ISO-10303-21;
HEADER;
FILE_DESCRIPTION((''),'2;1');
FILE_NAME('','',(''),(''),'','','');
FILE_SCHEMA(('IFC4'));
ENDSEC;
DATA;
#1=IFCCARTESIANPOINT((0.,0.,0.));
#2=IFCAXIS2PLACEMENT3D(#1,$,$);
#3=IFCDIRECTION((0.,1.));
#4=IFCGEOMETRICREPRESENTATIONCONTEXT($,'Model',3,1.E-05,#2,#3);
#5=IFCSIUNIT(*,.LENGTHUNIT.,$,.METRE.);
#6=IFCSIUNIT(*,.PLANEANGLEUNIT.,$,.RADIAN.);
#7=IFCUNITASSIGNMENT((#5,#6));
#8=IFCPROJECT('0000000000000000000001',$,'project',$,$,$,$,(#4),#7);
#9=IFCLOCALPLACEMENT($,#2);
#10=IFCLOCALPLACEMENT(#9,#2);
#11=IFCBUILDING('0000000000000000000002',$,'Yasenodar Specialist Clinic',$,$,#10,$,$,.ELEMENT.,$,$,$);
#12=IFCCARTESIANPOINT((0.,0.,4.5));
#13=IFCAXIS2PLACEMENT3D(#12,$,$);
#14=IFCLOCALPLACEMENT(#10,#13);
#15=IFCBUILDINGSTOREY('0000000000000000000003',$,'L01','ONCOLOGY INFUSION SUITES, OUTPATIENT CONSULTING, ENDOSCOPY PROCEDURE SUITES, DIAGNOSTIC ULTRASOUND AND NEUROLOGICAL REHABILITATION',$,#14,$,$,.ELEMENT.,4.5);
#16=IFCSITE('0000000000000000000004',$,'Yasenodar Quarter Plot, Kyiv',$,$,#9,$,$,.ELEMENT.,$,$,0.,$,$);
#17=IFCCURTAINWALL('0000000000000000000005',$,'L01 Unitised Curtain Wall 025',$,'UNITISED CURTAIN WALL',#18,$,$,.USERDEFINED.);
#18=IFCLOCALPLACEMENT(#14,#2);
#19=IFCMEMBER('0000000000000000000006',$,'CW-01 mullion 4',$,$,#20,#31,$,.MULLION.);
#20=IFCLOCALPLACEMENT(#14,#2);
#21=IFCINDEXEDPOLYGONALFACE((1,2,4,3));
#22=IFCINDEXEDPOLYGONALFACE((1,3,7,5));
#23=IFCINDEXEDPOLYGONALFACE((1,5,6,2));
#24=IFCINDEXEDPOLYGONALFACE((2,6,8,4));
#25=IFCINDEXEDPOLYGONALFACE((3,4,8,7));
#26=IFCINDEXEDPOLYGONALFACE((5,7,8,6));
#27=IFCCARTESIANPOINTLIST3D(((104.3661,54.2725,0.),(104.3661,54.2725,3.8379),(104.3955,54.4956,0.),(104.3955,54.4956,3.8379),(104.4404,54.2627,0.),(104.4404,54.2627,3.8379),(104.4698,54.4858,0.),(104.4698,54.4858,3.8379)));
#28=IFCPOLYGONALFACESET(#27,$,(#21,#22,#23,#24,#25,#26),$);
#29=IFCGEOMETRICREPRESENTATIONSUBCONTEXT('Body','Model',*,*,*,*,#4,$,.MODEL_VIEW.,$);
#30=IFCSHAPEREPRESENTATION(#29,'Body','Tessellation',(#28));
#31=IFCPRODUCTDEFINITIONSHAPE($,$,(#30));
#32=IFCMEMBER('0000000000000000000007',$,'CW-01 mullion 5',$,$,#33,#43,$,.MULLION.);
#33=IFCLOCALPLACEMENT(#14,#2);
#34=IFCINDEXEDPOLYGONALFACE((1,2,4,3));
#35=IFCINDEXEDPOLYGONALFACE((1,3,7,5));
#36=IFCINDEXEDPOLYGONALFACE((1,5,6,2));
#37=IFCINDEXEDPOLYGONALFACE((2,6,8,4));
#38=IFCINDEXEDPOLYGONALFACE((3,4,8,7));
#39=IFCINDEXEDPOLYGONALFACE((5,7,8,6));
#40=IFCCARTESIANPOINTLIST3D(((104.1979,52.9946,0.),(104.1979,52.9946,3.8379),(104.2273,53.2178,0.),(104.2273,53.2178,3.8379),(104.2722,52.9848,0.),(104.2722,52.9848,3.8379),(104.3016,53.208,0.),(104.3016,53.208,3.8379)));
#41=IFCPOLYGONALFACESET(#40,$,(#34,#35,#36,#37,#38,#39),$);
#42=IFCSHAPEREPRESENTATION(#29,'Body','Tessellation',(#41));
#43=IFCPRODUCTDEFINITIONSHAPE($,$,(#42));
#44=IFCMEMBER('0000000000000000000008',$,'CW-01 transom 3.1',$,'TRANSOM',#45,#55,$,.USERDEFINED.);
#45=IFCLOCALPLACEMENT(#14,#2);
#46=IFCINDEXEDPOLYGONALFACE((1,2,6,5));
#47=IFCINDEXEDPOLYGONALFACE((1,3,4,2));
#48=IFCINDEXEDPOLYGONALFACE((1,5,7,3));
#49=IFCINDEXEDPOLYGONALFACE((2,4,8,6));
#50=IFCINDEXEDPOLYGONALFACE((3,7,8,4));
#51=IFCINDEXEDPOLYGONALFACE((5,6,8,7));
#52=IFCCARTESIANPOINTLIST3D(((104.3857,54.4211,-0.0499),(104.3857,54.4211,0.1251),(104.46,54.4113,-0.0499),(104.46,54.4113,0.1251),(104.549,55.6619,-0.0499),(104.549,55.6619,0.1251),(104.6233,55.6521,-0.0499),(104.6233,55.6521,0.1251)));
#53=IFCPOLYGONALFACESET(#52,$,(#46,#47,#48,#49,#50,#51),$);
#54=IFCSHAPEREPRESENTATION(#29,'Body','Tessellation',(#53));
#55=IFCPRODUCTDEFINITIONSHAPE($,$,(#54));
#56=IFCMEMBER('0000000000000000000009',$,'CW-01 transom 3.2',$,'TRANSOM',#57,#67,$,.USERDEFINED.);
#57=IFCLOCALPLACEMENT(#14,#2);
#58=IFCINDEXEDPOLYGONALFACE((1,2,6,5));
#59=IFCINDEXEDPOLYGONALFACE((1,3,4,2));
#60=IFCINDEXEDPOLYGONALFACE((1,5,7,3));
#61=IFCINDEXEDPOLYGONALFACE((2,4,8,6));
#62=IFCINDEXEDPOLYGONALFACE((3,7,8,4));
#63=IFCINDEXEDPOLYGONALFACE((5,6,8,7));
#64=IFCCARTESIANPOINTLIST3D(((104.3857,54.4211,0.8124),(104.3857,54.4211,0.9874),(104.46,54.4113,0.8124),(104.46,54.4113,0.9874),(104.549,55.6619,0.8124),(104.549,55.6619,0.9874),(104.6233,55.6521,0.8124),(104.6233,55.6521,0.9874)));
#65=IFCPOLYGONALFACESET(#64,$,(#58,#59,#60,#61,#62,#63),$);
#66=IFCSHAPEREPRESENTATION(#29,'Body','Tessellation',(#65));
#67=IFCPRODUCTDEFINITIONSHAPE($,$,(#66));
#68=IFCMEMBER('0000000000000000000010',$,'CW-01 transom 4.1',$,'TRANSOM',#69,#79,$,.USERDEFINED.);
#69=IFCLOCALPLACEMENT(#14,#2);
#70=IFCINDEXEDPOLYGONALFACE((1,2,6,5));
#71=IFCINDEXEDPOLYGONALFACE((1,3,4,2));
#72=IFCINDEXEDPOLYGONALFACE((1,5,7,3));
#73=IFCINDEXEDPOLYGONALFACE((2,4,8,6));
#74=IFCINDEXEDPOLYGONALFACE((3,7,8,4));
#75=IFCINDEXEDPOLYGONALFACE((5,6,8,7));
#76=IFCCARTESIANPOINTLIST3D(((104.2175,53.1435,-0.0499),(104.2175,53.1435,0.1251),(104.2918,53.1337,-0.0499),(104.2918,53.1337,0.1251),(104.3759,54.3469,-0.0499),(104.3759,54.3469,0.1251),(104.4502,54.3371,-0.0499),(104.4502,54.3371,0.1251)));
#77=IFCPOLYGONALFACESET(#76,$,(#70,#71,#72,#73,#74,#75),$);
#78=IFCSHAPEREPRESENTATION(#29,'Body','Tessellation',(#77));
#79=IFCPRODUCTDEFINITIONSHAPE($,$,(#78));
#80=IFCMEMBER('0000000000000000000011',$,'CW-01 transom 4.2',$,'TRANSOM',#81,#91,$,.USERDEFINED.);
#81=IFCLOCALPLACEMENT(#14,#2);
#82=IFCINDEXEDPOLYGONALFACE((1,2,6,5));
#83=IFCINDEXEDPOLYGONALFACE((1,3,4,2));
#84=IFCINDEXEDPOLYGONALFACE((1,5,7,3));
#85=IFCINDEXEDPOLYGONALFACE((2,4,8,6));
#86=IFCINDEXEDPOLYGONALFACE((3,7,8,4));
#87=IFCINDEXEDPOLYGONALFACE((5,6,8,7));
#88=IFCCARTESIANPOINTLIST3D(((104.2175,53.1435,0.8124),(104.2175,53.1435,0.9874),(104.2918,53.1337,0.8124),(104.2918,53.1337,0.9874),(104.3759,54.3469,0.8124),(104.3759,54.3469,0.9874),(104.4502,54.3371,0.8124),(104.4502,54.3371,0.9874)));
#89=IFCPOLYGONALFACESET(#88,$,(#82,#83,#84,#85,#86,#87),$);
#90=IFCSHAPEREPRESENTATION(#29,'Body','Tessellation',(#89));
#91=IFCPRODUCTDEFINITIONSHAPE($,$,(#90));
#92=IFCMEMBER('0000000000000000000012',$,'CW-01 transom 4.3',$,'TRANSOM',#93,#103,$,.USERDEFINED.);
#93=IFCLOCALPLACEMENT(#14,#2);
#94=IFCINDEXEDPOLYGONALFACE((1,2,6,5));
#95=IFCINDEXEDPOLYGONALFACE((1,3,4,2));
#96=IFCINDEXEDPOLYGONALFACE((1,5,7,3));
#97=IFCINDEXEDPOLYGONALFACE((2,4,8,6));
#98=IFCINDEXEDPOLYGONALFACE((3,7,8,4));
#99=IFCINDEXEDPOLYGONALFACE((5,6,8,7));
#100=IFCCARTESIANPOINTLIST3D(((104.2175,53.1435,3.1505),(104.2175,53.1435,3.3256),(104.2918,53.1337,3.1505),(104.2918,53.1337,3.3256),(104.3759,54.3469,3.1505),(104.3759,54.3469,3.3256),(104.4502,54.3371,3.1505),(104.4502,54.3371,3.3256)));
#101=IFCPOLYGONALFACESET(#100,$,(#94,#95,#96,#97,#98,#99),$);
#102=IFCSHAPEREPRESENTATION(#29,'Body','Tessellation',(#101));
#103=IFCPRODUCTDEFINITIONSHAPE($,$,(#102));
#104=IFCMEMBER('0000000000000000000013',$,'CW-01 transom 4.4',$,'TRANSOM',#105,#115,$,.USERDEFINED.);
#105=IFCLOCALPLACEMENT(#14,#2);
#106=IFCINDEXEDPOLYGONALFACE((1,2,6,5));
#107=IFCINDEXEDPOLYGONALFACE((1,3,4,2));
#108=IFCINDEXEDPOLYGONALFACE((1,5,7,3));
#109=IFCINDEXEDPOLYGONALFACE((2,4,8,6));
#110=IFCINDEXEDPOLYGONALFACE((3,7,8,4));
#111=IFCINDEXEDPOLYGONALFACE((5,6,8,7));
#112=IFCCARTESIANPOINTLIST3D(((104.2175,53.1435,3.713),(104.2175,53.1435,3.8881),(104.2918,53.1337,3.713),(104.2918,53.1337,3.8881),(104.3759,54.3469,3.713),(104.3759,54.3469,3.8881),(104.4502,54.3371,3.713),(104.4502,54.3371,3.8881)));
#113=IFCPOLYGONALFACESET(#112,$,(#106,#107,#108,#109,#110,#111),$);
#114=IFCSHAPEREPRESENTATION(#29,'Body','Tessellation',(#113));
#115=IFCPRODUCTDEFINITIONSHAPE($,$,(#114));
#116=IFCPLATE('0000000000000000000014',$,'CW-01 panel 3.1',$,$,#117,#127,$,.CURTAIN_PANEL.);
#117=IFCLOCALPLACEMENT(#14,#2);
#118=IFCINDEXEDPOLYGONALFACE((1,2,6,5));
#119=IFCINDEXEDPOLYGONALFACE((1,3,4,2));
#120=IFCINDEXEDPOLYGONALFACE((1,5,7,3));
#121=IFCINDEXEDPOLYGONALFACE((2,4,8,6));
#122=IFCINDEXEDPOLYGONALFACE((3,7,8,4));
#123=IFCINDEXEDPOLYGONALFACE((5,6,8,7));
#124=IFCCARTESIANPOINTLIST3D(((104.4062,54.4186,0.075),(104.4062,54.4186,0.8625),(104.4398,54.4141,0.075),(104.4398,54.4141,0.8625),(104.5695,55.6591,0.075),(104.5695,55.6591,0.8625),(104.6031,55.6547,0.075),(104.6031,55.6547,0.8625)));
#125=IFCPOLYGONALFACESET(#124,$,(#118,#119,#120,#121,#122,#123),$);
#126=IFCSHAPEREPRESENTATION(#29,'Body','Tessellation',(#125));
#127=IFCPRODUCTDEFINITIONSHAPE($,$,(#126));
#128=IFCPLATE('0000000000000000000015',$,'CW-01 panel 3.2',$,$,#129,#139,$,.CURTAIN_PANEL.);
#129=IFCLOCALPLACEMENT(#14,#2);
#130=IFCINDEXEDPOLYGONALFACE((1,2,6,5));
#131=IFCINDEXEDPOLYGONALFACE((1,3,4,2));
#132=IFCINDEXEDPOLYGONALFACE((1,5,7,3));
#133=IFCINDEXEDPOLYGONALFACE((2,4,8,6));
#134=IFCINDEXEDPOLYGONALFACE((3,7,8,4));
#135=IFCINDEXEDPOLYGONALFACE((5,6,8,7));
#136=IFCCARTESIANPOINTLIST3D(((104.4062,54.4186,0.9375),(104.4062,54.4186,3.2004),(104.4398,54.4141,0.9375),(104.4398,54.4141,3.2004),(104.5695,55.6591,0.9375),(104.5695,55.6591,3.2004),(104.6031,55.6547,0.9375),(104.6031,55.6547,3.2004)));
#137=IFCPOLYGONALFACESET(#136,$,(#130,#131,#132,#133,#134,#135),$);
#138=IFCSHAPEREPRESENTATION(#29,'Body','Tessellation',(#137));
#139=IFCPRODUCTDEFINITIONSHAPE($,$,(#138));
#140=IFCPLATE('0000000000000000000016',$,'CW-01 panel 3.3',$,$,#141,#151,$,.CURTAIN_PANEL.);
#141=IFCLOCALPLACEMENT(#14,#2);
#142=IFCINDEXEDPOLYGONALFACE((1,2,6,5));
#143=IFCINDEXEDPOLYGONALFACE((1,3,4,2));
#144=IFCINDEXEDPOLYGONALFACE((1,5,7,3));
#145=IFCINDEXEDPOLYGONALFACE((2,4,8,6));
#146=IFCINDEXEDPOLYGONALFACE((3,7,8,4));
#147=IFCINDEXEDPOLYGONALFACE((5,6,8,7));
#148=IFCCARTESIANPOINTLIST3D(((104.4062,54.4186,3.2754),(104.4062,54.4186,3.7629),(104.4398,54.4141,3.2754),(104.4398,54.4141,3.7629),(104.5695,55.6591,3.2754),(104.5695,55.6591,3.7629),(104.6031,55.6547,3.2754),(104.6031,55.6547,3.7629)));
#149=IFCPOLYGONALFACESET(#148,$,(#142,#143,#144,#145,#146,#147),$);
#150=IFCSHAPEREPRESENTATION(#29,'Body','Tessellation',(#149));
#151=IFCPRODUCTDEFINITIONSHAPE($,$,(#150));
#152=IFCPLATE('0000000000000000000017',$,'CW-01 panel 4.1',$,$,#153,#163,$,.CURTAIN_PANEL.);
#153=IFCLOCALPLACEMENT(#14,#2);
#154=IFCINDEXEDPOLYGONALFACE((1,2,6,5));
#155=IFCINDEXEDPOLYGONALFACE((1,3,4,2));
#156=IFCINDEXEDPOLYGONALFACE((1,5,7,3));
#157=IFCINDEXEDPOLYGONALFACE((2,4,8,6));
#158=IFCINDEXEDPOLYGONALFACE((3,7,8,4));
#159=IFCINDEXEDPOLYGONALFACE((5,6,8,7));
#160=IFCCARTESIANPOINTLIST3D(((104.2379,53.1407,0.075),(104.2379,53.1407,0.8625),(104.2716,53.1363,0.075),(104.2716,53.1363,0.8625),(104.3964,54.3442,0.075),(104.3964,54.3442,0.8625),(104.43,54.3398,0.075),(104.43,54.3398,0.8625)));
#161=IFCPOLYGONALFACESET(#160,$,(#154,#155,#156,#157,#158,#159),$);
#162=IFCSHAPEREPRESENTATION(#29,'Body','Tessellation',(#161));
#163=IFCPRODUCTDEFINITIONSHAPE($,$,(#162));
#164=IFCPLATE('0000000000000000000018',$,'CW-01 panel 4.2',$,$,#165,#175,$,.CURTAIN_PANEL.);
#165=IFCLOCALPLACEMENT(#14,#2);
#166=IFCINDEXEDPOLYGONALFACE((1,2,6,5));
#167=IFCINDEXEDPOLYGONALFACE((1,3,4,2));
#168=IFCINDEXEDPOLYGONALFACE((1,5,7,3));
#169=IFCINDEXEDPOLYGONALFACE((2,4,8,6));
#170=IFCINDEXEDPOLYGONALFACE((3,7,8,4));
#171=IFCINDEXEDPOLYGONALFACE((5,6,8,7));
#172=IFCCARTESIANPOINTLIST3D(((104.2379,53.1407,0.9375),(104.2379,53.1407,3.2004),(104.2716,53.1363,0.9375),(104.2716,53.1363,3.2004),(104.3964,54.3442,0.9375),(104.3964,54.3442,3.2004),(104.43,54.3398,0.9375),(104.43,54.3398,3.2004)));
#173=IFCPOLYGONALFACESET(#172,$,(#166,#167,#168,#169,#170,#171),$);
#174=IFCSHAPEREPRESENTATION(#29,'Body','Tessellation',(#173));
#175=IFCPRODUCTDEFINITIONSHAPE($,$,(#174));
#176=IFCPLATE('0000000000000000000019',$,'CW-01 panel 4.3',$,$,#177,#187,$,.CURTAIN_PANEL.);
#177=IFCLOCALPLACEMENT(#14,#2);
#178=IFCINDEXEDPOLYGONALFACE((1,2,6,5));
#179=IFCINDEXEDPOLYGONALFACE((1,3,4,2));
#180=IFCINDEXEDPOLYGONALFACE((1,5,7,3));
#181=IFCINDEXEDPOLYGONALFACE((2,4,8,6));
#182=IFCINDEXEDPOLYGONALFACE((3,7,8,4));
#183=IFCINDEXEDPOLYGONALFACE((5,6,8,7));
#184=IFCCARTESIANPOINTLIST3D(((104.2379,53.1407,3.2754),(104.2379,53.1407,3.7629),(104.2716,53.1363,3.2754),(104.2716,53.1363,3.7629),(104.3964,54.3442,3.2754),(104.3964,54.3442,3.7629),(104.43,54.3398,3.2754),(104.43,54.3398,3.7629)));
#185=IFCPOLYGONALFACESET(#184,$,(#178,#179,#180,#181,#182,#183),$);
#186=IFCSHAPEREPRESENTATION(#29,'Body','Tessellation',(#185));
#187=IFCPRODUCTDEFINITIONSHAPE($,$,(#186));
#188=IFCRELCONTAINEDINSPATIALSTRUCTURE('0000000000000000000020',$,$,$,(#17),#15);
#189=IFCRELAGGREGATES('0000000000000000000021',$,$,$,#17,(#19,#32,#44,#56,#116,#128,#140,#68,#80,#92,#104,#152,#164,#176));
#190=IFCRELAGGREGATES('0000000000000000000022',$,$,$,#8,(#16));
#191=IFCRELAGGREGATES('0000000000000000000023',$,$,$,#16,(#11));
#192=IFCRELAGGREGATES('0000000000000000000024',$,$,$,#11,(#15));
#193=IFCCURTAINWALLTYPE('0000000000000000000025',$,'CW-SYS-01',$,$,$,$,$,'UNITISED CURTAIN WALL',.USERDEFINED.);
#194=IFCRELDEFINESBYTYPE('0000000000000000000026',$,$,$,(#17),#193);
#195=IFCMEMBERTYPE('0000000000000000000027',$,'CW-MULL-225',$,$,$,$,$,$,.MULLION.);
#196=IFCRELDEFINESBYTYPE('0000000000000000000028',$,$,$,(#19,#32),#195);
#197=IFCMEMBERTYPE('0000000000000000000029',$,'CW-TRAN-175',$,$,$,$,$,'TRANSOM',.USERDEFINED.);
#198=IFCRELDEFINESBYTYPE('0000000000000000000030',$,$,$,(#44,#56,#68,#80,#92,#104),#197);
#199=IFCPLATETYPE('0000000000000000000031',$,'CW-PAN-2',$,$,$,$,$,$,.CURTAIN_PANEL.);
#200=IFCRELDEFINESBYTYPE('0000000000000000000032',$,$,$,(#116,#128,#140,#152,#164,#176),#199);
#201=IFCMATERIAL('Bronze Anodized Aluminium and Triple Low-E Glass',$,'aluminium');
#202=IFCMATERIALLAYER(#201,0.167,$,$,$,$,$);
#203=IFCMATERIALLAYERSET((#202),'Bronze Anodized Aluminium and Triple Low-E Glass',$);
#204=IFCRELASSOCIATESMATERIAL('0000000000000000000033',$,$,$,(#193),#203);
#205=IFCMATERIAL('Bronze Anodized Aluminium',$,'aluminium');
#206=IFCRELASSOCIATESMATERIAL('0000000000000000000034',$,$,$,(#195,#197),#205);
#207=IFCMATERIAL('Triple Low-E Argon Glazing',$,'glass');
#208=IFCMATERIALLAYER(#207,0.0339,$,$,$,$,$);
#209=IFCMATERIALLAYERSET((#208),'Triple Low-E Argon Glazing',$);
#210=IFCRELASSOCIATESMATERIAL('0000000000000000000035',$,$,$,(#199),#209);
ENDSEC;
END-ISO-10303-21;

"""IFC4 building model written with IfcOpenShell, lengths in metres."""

from ifc_helpers import new_model, si_unit, direction, frame, origin, origin_2d, place, context, subcontext, project, spatial, rectangle, extrude, material, layer, layer_set, material_profile, profile_set, type_object, element, aggregate, save


model = new_model("IFC4")

# Units and contexts
model_context = context("Model", 3, precision=1e-05, world=origin(), true_north=direction((0.0, 1.0)))
body_context = subcontext(model_context, "Body", "Model", "MODEL_VIEW")
ifc_project = project(units=[si_unit("LENGTHUNIT", "METRE"), si_unit("PLANEANGLEUNIT", "RADIAN")], contexts=[model_context])

# Site, building, storey
site_placement = place(None, origin())
site = spatial("IfcSite", under=ifc_project, at=site_placement, Name="Yasenodar Quarter Plot, Kyiv", CompositionType="ELEMENT", RefElevation=0.0)
building_placement = place(site_placement, origin())
building = spatial("IfcBuilding", under=site, at=building_placement, Name="Yasenodar Specialist Clinic", CompositionType="ELEMENT")
storey_placement = place(building_placement, frame((0.0, 0.0, 4.5)))
storey = spatial("IfcBuildingStorey", under=building, at=storey_placement, Name="L01", Description="ONCOLOGY INFUSION SUITES, OUTPATIENT CONSULTING, ENDOSCOPY PROCEDURE SUITES, DIAGNOSTIC ULTRASOUND AND NEUROLOGICAL REHABILITATION", CompositionType="ELEMENT", Elevation=4.5)

# Curtain wall, members, plates
ifc_material_1 = material(Name="Bronze Anodized Aluminium and Triple Low-E Glass", Category="aluminium")
ifc_layer_1 = layer(ifc_material_1, 0.167)
ifc_layer_set_1 = layer_set([ifc_layer_1], Name="Bronze Anodized Aluminium and Triple Low-E Glass")
curtain_wall_type = type_object("IfcCurtainWallType", Name="CW-SYS-01", ElementType="UNITISED CURTAIN WALL", PredefinedType="USERDEFINED", material=ifc_layer_set_1)
curtain_wall_placement = place(storey_placement, origin())
curtain_wall = element("IfcCurtainWall", 1, at=curtain_wall_placement, inside=storey, type_object=curtain_wall_type, Name="L01 Unitised Curtain Wall 025", ObjectType="UNITISED CURTAIN WALL", PredefinedType="USERDEFINED")
ifc_material_2 = material(Name="Bronze Anodized Aluminium", Category="aluminium")
ifc_material_profile_1 = material_profile(ifc_material_2, rectangle(XDim=0.075, YDim=0.2251, at=origin_2d()), Name="CW-MULL 75x225")
ifc_profile_set_1 = profile_set([ifc_material_profile_1], Name="Bronze Anodized Aluminium")
member_type_1 = type_object("IfcMemberType", Name="CW-MULL-225", PredefinedType="MULLION", material=ifc_profile_set_1)
member_1_placement = place(storey_placement, frame((104.418, 54.3792, 0.0), z_axis=(0.0, 0.0, 1.0), x_axis=(0.991447, -0.130512, 0.0)))
member_1 = element("IfcMember", 2, at=member_1_placement, type_object=member_type_1, Name="CW-01 mullion 4", PredefinedType="MULLION", context=body_context, shape_type="SweptSolid", body=[
    extrude(rectangle(XDim=0.075, YDim=0.2251, at=origin_2d()), origin(), (0.0, 0.0, 1.0), 3.8379),
])
member_2_placement = place(storey_placement, frame((104.2498, 53.1013, 0.0), z_axis=(0.0, 0.0, 1.0), x_axis=(0.991447, -0.130512, 0.0)))
member_2 = element("IfcMember", 3, at=member_2_placement, type_object=member_type_1, Name="CW-01 mullion 5", PredefinedType="MULLION", context=body_context, shape_type="SweptSolid", body=[
    extrude(rectangle(XDim=0.075, YDim=0.2251, at=origin_2d()), origin(), (0.0, 0.0, 1.0), 3.8379),
])
ifc_material_profile_2 = material_profile(ifc_material_2, rectangle(XDim=0.075, YDim=0.175, at=origin_2d()), Name="CW-TRAN 75x175")
ifc_profile_set_2 = profile_set([ifc_material_profile_2], Name="Bronze Anodized Aluminium")
member_type_2 = type_object("IfcMemberType", Name="CW-TRAN-175", ElementType="TRANSOM", PredefinedType="USERDEFINED", material=ifc_profile_set_2)
member_3_placement = place(storey_placement, frame((104.5862, 55.657, 0.0376), z_axis=(-0.130515, -0.991446, 0.0), x_axis=(0.991446, -0.130515, 0.0)))
member_3 = element("IfcMember", 4, at=member_3_placement, type_object=member_type_2, Name="CW-01 transom 3.1", ObjectType="TRANSOM", PredefinedType="USERDEFINED", context=body_context, shape_type="SweptSolid", body=[
    extrude(rectangle(XDim=0.075, YDim=0.175, at=origin_2d()), origin(), (0.0, 0.0, 1.0), 1.2515),
])
member_4_placement = place(storey_placement, frame((104.5862, 55.657, 0.8999), z_axis=(-0.130515, -0.991446, 0.0), x_axis=(0.991446, -0.130515, 0.0)))
member_4 = element("IfcMember", 5, at=member_4_placement, type_object=member_type_2, Name="CW-01 transom 3.2", ObjectType="TRANSOM", PredefinedType="USERDEFINED", context=body_context, shape_type="SweptSolid", body=[
    extrude(rectangle(XDim=0.075, YDim=0.175, at=origin_2d()), origin(), (0.0, 0.0, 1.0), 1.2515),
])
member_5_placement = place(storey_placement, frame((104.4131, 54.342, 0.0376), z_axis=(-0.130543, -0.991443, 0.0), x_axis=(0.991443, -0.130543, 0.0)))
member_5 = element("IfcMember", 6, at=member_5_placement, type_object=member_type_2, Name="CW-01 transom 4.1", ObjectType="TRANSOM", PredefinedType="USERDEFINED", context=body_context, shape_type="SweptSolid", body=[
    extrude(rectangle(XDim=0.075, YDim=0.175, at=origin_2d()), origin(), (0.0, 0.0, 1.0), 1.2139),
])
member_6_placement = place(storey_placement, frame((104.4131, 54.342, 0.8999), z_axis=(-0.130543, -0.991443, 0.0), x_axis=(0.991443, -0.130543, 0.0)))
member_6 = element("IfcMember", 7, at=member_6_placement, type_object=member_type_2, Name="CW-01 transom 4.2", ObjectType="TRANSOM", PredefinedType="USERDEFINED", context=body_context, shape_type="SweptSolid", body=[
    extrude(rectangle(XDim=0.075, YDim=0.175, at=origin_2d()), origin(), (0.0, 0.0, 1.0), 1.2139),
])
member_7_placement = place(storey_placement, frame((104.4131, 54.342, 3.238), z_axis=(-0.130543, -0.991443, 0.0), x_axis=(0.991443, -0.130543, 0.0)))
member_7 = element("IfcMember", 8, at=member_7_placement, type_object=member_type_2, Name="CW-01 transom 4.3", ObjectType="TRANSOM", PredefinedType="USERDEFINED", context=body_context, shape_type="SweptSolid", body=[
    extrude(rectangle(XDim=0.075, YDim=0.175, at=origin_2d()), origin(), (0.0, 0.0, 1.0), 1.2139),
])
member_8_placement = place(storey_placement, frame((104.4131, 54.342, 3.8005), z_axis=(-0.130543, -0.991443, 0.0), x_axis=(0.991443, -0.130543, 0.0)))
member_8 = element("IfcMember", 9, at=member_8_placement, type_object=member_type_2, Name="CW-01 transom 4.4", ObjectType="TRANSOM", PredefinedType="USERDEFINED", context=body_context, shape_type="SweptSolid", body=[
    extrude(rectangle(XDim=0.075, YDim=0.175, at=origin_2d()), origin(), (0.0, 0.0, 1.0), 1.2139),
])
ifc_material_3 = material(Name="Triple Low-E Argon Glazing", Category="glass")
ifc_layer_2 = layer(ifc_material_3, 0.0339)
ifc_layer_set_2 = layer_set([ifc_layer_2], Name="Triple Low-E Argon Glazing")
plate_type_1 = type_object("IfcPlateType", Name="CW-PAN-2", PredefinedType="CURTAIN_PANEL", material=ifc_layer_set_2)
plate_1_placement = place(storey_placement, frame((104.5046, 55.0366, 0.075), z_axis=(0.0, 0.0, 1.0), x_axis=(-0.130512, -0.991447, 0.0)))
plate_1 = element("IfcPlate", 10, at=plate_1_placement, type_object=plate_type_1, Name="CW-01 panel 3.1", PredefinedType="CURTAIN_PANEL", context=body_context, shape_type="SweptSolid", body=[
    extrude(rectangle(XDim=1.2512, YDim=0.0339, at=origin_2d()), origin(), (0.0, 0.0, 1.0), 0.7876),
])
plate_2_placement = place(storey_placement, frame((104.5046, 55.0366, 0.9375), z_axis=(0.0, 0.0, 1.0), x_axis=(-0.130512, -0.991447, 0.0)))
plate_2 = element("IfcPlate", 11, at=plate_2_placement, type_object=plate_type_1, Name="CW-01 panel 3.2", PredefinedType="CURTAIN_PANEL", context=body_context, shape_type="SweptSolid", body=[
    extrude(rectangle(XDim=1.2512, YDim=0.0339, at=origin_2d()), origin(), (0.0, 0.0, 1.0), 2.2629),
])
plate_3_placement = place(storey_placement, frame((104.5046, 55.0366, 3.2754), z_axis=(0.0, 0.0, 1.0), x_axis=(-0.130512, -0.991447, 0.0)))
plate_3 = element("IfcPlate", 12, at=plate_3_placement, type_object=plate_type_1, Name="CW-01 panel 3.3", PredefinedType="CURTAIN_PANEL", context=body_context, shape_type="SweptSolid", body=[
    extrude(rectangle(XDim=1.2512, YDim=0.0339, at=origin_2d()), origin(), (0.0, 0.0, 1.0), 0.4875),
])
plate_4_placement = place(storey_placement, frame((104.334, 53.7402, 0.075), z_axis=(0.0, 0.0, 1.0), x_axis=(-0.130512, -0.991447, 0.0)))
plate_4 = element("IfcPlate", 13, at=plate_4_placement, type_object=plate_type_1, Name="CW-01 panel 4.1", PredefinedType="CURTAIN_PANEL", context=body_context, shape_type="SweptSolid", body=[
    extrude(rectangle(XDim=1.2139, YDim=0.0339, at=origin_2d()), origin(), (0.0, 0.0, 1.0), 0.7876),
])
plate_5_placement = place(storey_placement, frame((104.334, 53.7402, 0.9375), z_axis=(0.0, 0.0, 1.0), x_axis=(-0.130512, -0.991447, 0.0)))
plate_5 = element("IfcPlate", 14, at=plate_5_placement, type_object=plate_type_1, Name="CW-01 panel 4.2", PredefinedType="CURTAIN_PANEL", context=body_context, shape_type="SweptSolid", body=[
    extrude(rectangle(XDim=1.2139, YDim=0.0339, at=origin_2d()), origin(), (0.0, 0.0, 1.0), 2.2629),
])
plate_6_placement = place(storey_placement, frame((104.334, 53.7402, 3.2754), z_axis=(0.0, 0.0, 1.0), x_axis=(-0.130512, -0.991447, 0.0)))
plate_6 = element("IfcPlate", 15, at=plate_6_placement, type_object=plate_type_1, Name="CW-01 panel 4.3", PredefinedType="CURTAIN_PANEL", context=body_context, shape_type="SweptSolid", body=[
    extrude(rectangle(XDim=1.2139, YDim=0.0339, at=origin_2d()), origin(), (0.0, 0.0, 1.0), 0.4875),
])
aggregate(curtain_wall, [member_1, member_2, member_3, member_4, plate_1, plate_2, plate_3, member_5, member_6, member_7, member_8, plate_4, plate_5, plate_6])

save(model, "model.ifc")
